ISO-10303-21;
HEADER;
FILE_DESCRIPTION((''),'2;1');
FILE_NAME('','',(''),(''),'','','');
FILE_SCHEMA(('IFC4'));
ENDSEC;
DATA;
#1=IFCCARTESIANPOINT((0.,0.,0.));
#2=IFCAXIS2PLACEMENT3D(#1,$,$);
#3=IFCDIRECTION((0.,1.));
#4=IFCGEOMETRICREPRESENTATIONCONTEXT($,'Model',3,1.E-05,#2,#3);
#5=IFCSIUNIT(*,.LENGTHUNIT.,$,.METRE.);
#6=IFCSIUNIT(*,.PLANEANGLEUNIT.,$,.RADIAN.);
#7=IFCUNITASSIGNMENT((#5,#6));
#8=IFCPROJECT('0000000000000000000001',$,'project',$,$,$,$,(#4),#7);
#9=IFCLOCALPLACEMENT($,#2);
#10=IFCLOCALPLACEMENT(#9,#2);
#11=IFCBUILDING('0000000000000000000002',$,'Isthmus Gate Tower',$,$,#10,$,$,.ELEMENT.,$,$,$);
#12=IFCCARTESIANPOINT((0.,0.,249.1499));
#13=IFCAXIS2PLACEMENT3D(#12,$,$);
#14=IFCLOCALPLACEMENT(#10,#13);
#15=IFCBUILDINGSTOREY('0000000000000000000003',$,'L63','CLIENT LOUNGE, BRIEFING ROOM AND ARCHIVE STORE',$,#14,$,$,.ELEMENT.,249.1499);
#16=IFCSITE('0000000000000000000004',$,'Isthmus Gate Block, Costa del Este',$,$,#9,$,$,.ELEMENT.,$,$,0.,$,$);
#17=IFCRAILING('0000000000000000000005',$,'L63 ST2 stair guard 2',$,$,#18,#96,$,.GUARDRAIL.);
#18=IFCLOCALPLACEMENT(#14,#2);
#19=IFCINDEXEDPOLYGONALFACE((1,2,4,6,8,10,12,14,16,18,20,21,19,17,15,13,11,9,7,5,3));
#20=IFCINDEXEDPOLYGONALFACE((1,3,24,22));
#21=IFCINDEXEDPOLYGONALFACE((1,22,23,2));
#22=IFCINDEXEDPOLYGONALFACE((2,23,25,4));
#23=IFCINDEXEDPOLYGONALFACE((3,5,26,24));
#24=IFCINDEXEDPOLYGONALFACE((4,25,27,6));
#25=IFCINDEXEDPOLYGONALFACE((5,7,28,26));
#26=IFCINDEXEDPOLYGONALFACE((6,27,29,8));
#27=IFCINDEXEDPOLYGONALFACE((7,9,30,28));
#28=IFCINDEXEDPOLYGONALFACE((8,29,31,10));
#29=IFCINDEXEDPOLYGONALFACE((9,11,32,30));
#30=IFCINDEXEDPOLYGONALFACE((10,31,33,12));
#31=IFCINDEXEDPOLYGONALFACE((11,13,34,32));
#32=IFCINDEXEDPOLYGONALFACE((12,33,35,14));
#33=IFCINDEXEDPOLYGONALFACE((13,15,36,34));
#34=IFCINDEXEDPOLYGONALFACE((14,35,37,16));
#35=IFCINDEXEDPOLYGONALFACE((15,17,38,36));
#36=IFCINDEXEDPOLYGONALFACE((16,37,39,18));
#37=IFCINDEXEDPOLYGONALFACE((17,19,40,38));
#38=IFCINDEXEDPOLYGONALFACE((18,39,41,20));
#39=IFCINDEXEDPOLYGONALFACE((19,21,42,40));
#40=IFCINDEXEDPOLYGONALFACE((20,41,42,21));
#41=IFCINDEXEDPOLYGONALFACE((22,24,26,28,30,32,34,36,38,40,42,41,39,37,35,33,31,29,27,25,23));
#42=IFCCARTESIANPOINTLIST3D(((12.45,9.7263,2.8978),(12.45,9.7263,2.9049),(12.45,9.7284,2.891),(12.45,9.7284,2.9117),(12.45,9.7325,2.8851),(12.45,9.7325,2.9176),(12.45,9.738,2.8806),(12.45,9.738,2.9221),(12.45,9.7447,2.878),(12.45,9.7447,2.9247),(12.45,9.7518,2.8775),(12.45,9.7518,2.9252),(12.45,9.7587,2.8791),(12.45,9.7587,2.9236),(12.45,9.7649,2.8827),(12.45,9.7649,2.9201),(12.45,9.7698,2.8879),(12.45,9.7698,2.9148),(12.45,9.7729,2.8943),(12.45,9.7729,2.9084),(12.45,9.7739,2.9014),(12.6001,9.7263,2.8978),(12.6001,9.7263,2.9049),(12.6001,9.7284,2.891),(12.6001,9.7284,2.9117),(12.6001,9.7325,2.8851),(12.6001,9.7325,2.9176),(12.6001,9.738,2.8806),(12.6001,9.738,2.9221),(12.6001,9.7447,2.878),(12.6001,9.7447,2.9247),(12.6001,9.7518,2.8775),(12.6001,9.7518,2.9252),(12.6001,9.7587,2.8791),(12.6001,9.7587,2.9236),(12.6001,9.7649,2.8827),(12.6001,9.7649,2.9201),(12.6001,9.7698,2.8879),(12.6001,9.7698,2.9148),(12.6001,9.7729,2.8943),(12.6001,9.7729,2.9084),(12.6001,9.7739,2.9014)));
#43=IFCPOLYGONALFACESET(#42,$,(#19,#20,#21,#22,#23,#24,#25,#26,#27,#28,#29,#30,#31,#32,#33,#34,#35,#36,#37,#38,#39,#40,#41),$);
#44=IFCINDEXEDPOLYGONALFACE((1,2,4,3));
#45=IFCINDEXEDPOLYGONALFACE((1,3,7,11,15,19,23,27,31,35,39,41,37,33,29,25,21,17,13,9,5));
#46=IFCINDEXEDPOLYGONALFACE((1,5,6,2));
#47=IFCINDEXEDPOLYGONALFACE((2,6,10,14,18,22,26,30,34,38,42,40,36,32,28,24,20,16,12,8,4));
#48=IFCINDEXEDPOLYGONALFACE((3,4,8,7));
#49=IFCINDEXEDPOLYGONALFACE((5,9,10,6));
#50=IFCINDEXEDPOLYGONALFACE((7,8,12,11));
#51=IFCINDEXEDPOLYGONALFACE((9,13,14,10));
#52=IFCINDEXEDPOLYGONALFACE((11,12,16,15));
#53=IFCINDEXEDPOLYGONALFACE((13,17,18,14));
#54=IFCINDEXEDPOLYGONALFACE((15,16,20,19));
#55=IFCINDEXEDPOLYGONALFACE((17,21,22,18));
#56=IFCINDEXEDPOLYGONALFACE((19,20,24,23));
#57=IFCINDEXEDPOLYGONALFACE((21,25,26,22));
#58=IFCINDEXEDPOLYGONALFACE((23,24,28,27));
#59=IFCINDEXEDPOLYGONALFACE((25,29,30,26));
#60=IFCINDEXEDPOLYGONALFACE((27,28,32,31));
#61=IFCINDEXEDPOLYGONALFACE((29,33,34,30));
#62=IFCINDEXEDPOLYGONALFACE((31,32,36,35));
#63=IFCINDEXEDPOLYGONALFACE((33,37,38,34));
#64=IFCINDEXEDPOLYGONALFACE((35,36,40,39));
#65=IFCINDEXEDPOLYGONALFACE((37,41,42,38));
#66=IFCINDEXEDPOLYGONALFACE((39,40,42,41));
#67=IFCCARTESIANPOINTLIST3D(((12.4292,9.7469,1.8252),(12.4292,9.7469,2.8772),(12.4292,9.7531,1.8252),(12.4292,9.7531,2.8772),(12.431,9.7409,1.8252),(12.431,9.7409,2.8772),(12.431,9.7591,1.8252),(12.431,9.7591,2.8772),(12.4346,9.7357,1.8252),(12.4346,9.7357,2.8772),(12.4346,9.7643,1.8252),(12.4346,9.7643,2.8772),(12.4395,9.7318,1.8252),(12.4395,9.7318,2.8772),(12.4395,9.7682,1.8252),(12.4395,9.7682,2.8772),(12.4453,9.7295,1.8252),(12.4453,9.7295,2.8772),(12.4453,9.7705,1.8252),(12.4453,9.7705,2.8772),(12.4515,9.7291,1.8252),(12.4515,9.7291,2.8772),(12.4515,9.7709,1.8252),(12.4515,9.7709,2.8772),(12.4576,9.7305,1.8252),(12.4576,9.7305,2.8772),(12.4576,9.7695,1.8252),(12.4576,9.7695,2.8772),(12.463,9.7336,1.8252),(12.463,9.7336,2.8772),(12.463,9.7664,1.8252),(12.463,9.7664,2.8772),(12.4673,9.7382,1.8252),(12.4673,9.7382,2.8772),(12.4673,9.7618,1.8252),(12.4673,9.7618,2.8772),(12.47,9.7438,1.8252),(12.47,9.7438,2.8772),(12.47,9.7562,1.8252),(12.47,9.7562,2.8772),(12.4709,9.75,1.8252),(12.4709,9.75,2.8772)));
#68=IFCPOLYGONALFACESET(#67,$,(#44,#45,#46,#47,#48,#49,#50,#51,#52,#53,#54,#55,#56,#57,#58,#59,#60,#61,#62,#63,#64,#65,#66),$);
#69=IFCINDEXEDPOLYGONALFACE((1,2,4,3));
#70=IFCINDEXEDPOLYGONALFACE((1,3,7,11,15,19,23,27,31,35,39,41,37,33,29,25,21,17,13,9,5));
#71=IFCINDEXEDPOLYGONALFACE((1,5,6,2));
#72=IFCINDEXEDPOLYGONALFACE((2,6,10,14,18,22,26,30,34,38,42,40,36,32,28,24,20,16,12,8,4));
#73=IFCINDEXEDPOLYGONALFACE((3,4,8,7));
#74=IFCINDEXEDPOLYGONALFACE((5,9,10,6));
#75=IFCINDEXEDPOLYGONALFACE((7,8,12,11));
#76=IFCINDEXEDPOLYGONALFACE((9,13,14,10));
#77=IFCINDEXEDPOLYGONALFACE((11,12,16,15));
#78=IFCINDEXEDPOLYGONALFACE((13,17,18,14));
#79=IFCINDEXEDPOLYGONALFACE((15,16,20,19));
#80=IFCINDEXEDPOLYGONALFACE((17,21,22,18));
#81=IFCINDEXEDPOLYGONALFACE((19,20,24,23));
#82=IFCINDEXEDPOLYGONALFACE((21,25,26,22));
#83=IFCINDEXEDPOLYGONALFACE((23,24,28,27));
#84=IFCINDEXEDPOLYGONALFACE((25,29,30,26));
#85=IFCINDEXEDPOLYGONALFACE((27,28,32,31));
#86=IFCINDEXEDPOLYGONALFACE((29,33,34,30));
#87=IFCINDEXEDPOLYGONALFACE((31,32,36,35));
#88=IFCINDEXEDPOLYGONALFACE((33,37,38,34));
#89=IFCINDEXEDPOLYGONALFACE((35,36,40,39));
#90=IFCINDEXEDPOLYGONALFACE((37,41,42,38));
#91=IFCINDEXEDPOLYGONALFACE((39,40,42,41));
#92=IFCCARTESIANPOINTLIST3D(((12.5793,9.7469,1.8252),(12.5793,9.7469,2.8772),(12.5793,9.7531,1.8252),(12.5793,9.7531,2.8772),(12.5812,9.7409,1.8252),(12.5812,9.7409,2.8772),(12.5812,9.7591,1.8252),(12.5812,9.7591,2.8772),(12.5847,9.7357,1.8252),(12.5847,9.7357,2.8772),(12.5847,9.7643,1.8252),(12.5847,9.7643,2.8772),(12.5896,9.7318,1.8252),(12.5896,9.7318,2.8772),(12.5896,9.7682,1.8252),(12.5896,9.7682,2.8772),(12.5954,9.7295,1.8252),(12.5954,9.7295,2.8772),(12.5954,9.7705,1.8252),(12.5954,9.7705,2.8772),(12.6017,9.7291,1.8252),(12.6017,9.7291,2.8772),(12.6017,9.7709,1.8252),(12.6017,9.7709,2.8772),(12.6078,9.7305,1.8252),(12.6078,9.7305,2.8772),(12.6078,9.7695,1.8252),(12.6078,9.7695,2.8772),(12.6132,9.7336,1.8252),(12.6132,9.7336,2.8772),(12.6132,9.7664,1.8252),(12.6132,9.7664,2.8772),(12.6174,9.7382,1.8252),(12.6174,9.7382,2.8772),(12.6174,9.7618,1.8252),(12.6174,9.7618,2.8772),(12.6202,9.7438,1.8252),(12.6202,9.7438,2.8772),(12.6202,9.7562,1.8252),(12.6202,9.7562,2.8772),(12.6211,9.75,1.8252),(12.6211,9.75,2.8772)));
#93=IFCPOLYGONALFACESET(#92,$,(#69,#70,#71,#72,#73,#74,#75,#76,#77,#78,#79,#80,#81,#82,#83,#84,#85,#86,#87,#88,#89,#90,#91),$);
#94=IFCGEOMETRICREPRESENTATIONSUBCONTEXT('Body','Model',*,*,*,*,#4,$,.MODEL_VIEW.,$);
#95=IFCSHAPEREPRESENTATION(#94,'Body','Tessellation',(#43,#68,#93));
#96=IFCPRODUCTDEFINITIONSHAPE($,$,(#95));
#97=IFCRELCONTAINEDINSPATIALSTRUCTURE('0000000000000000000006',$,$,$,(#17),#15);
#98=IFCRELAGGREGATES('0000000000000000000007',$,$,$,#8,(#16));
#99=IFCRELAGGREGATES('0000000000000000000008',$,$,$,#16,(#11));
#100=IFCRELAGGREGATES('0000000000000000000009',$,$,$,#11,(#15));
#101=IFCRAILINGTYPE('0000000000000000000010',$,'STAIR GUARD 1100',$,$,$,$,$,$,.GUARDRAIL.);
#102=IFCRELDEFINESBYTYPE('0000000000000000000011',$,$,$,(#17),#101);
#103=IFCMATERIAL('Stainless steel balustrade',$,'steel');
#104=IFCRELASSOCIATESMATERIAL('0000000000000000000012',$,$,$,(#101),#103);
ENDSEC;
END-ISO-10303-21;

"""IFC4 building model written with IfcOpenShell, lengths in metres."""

from ifc_helpers import new_model, si_unit, direction, frame, origin, origin_2d, place, context, subcontext, project, spatial, circle, extrude, material, type_object, element, save


model = new_model("IFC4")

# Units and contexts
model_context = context("Model", 3, precision=1e-05, world=origin(), true_north=direction((0.0, 1.0)))
body_context = subcontext(model_context, "Body", "Model", "MODEL_VIEW")
ifc_project = project(units=[si_unit("LENGTHUNIT", "METRE"), si_unit("PLANEANGLEUNIT", "RADIAN")], contexts=[model_context])

# Site, building, storey
site_placement = place(None, origin())
site = spatial("IfcSite", under=ifc_project, at=site_placement, Name="Isthmus Gate Block, Costa del Este", CompositionType="ELEMENT", RefElevation=0.0)
building_placement = place(site_placement, origin())
building = spatial("IfcBuilding", under=site, at=building_placement, Name="Isthmus Gate Tower", CompositionType="ELEMENT")
storey_placement = place(building_placement, frame((0.0, 0.0, 249.1499)))
storey = spatial("IfcBuildingStorey", under=building, at=storey_placement, Name="L63", Description="CLIENT LOUNGE, BRIEFING ROOM AND ARCHIVE STORE", CompositionType="ELEMENT", Elevation=249.1499)

# Railing
ifc_material_1 = material(Name="Stainless steel balustrade", Category="steel")
railing_type_1 = type_object("IfcRailingType", Name="STAIR GUARD 1100", PredefinedType="GUARDRAIL", material=ifc_material_1)
railing_1_placement = place(storey_placement, frame((12.45, 9.75, 1.8252)))
element("IfcRailing", 1, at=railing_1_placement, inside=storey, type_object=railing_type_1, Name="L63 ST2 stair guard 2", PredefinedType="GUARDRAIL", context=body_context, shape_type="SweptSolid", body=[
    extrude(circle(Radius=0.0239, at=origin_2d()), frame((0.0, 0.0, 1.0762), z_axis=(1.0, 0.0, 0.0), x_axis=(0.0, 1.0, 0.0)), (0.0, 0.0, 1.0), 0.1501),
    extrude(circle(Radius=0.021, at=origin_2d()), origin(), (0.0, 0.0, 1.0), 1.052),
    extrude(circle(Radius=0.021, at=origin_2d()), frame((0.1501, 0.0, 0.0)), (0.0, 0.0, 1.0), 1.052),
])

save(model, "model.ifc")
